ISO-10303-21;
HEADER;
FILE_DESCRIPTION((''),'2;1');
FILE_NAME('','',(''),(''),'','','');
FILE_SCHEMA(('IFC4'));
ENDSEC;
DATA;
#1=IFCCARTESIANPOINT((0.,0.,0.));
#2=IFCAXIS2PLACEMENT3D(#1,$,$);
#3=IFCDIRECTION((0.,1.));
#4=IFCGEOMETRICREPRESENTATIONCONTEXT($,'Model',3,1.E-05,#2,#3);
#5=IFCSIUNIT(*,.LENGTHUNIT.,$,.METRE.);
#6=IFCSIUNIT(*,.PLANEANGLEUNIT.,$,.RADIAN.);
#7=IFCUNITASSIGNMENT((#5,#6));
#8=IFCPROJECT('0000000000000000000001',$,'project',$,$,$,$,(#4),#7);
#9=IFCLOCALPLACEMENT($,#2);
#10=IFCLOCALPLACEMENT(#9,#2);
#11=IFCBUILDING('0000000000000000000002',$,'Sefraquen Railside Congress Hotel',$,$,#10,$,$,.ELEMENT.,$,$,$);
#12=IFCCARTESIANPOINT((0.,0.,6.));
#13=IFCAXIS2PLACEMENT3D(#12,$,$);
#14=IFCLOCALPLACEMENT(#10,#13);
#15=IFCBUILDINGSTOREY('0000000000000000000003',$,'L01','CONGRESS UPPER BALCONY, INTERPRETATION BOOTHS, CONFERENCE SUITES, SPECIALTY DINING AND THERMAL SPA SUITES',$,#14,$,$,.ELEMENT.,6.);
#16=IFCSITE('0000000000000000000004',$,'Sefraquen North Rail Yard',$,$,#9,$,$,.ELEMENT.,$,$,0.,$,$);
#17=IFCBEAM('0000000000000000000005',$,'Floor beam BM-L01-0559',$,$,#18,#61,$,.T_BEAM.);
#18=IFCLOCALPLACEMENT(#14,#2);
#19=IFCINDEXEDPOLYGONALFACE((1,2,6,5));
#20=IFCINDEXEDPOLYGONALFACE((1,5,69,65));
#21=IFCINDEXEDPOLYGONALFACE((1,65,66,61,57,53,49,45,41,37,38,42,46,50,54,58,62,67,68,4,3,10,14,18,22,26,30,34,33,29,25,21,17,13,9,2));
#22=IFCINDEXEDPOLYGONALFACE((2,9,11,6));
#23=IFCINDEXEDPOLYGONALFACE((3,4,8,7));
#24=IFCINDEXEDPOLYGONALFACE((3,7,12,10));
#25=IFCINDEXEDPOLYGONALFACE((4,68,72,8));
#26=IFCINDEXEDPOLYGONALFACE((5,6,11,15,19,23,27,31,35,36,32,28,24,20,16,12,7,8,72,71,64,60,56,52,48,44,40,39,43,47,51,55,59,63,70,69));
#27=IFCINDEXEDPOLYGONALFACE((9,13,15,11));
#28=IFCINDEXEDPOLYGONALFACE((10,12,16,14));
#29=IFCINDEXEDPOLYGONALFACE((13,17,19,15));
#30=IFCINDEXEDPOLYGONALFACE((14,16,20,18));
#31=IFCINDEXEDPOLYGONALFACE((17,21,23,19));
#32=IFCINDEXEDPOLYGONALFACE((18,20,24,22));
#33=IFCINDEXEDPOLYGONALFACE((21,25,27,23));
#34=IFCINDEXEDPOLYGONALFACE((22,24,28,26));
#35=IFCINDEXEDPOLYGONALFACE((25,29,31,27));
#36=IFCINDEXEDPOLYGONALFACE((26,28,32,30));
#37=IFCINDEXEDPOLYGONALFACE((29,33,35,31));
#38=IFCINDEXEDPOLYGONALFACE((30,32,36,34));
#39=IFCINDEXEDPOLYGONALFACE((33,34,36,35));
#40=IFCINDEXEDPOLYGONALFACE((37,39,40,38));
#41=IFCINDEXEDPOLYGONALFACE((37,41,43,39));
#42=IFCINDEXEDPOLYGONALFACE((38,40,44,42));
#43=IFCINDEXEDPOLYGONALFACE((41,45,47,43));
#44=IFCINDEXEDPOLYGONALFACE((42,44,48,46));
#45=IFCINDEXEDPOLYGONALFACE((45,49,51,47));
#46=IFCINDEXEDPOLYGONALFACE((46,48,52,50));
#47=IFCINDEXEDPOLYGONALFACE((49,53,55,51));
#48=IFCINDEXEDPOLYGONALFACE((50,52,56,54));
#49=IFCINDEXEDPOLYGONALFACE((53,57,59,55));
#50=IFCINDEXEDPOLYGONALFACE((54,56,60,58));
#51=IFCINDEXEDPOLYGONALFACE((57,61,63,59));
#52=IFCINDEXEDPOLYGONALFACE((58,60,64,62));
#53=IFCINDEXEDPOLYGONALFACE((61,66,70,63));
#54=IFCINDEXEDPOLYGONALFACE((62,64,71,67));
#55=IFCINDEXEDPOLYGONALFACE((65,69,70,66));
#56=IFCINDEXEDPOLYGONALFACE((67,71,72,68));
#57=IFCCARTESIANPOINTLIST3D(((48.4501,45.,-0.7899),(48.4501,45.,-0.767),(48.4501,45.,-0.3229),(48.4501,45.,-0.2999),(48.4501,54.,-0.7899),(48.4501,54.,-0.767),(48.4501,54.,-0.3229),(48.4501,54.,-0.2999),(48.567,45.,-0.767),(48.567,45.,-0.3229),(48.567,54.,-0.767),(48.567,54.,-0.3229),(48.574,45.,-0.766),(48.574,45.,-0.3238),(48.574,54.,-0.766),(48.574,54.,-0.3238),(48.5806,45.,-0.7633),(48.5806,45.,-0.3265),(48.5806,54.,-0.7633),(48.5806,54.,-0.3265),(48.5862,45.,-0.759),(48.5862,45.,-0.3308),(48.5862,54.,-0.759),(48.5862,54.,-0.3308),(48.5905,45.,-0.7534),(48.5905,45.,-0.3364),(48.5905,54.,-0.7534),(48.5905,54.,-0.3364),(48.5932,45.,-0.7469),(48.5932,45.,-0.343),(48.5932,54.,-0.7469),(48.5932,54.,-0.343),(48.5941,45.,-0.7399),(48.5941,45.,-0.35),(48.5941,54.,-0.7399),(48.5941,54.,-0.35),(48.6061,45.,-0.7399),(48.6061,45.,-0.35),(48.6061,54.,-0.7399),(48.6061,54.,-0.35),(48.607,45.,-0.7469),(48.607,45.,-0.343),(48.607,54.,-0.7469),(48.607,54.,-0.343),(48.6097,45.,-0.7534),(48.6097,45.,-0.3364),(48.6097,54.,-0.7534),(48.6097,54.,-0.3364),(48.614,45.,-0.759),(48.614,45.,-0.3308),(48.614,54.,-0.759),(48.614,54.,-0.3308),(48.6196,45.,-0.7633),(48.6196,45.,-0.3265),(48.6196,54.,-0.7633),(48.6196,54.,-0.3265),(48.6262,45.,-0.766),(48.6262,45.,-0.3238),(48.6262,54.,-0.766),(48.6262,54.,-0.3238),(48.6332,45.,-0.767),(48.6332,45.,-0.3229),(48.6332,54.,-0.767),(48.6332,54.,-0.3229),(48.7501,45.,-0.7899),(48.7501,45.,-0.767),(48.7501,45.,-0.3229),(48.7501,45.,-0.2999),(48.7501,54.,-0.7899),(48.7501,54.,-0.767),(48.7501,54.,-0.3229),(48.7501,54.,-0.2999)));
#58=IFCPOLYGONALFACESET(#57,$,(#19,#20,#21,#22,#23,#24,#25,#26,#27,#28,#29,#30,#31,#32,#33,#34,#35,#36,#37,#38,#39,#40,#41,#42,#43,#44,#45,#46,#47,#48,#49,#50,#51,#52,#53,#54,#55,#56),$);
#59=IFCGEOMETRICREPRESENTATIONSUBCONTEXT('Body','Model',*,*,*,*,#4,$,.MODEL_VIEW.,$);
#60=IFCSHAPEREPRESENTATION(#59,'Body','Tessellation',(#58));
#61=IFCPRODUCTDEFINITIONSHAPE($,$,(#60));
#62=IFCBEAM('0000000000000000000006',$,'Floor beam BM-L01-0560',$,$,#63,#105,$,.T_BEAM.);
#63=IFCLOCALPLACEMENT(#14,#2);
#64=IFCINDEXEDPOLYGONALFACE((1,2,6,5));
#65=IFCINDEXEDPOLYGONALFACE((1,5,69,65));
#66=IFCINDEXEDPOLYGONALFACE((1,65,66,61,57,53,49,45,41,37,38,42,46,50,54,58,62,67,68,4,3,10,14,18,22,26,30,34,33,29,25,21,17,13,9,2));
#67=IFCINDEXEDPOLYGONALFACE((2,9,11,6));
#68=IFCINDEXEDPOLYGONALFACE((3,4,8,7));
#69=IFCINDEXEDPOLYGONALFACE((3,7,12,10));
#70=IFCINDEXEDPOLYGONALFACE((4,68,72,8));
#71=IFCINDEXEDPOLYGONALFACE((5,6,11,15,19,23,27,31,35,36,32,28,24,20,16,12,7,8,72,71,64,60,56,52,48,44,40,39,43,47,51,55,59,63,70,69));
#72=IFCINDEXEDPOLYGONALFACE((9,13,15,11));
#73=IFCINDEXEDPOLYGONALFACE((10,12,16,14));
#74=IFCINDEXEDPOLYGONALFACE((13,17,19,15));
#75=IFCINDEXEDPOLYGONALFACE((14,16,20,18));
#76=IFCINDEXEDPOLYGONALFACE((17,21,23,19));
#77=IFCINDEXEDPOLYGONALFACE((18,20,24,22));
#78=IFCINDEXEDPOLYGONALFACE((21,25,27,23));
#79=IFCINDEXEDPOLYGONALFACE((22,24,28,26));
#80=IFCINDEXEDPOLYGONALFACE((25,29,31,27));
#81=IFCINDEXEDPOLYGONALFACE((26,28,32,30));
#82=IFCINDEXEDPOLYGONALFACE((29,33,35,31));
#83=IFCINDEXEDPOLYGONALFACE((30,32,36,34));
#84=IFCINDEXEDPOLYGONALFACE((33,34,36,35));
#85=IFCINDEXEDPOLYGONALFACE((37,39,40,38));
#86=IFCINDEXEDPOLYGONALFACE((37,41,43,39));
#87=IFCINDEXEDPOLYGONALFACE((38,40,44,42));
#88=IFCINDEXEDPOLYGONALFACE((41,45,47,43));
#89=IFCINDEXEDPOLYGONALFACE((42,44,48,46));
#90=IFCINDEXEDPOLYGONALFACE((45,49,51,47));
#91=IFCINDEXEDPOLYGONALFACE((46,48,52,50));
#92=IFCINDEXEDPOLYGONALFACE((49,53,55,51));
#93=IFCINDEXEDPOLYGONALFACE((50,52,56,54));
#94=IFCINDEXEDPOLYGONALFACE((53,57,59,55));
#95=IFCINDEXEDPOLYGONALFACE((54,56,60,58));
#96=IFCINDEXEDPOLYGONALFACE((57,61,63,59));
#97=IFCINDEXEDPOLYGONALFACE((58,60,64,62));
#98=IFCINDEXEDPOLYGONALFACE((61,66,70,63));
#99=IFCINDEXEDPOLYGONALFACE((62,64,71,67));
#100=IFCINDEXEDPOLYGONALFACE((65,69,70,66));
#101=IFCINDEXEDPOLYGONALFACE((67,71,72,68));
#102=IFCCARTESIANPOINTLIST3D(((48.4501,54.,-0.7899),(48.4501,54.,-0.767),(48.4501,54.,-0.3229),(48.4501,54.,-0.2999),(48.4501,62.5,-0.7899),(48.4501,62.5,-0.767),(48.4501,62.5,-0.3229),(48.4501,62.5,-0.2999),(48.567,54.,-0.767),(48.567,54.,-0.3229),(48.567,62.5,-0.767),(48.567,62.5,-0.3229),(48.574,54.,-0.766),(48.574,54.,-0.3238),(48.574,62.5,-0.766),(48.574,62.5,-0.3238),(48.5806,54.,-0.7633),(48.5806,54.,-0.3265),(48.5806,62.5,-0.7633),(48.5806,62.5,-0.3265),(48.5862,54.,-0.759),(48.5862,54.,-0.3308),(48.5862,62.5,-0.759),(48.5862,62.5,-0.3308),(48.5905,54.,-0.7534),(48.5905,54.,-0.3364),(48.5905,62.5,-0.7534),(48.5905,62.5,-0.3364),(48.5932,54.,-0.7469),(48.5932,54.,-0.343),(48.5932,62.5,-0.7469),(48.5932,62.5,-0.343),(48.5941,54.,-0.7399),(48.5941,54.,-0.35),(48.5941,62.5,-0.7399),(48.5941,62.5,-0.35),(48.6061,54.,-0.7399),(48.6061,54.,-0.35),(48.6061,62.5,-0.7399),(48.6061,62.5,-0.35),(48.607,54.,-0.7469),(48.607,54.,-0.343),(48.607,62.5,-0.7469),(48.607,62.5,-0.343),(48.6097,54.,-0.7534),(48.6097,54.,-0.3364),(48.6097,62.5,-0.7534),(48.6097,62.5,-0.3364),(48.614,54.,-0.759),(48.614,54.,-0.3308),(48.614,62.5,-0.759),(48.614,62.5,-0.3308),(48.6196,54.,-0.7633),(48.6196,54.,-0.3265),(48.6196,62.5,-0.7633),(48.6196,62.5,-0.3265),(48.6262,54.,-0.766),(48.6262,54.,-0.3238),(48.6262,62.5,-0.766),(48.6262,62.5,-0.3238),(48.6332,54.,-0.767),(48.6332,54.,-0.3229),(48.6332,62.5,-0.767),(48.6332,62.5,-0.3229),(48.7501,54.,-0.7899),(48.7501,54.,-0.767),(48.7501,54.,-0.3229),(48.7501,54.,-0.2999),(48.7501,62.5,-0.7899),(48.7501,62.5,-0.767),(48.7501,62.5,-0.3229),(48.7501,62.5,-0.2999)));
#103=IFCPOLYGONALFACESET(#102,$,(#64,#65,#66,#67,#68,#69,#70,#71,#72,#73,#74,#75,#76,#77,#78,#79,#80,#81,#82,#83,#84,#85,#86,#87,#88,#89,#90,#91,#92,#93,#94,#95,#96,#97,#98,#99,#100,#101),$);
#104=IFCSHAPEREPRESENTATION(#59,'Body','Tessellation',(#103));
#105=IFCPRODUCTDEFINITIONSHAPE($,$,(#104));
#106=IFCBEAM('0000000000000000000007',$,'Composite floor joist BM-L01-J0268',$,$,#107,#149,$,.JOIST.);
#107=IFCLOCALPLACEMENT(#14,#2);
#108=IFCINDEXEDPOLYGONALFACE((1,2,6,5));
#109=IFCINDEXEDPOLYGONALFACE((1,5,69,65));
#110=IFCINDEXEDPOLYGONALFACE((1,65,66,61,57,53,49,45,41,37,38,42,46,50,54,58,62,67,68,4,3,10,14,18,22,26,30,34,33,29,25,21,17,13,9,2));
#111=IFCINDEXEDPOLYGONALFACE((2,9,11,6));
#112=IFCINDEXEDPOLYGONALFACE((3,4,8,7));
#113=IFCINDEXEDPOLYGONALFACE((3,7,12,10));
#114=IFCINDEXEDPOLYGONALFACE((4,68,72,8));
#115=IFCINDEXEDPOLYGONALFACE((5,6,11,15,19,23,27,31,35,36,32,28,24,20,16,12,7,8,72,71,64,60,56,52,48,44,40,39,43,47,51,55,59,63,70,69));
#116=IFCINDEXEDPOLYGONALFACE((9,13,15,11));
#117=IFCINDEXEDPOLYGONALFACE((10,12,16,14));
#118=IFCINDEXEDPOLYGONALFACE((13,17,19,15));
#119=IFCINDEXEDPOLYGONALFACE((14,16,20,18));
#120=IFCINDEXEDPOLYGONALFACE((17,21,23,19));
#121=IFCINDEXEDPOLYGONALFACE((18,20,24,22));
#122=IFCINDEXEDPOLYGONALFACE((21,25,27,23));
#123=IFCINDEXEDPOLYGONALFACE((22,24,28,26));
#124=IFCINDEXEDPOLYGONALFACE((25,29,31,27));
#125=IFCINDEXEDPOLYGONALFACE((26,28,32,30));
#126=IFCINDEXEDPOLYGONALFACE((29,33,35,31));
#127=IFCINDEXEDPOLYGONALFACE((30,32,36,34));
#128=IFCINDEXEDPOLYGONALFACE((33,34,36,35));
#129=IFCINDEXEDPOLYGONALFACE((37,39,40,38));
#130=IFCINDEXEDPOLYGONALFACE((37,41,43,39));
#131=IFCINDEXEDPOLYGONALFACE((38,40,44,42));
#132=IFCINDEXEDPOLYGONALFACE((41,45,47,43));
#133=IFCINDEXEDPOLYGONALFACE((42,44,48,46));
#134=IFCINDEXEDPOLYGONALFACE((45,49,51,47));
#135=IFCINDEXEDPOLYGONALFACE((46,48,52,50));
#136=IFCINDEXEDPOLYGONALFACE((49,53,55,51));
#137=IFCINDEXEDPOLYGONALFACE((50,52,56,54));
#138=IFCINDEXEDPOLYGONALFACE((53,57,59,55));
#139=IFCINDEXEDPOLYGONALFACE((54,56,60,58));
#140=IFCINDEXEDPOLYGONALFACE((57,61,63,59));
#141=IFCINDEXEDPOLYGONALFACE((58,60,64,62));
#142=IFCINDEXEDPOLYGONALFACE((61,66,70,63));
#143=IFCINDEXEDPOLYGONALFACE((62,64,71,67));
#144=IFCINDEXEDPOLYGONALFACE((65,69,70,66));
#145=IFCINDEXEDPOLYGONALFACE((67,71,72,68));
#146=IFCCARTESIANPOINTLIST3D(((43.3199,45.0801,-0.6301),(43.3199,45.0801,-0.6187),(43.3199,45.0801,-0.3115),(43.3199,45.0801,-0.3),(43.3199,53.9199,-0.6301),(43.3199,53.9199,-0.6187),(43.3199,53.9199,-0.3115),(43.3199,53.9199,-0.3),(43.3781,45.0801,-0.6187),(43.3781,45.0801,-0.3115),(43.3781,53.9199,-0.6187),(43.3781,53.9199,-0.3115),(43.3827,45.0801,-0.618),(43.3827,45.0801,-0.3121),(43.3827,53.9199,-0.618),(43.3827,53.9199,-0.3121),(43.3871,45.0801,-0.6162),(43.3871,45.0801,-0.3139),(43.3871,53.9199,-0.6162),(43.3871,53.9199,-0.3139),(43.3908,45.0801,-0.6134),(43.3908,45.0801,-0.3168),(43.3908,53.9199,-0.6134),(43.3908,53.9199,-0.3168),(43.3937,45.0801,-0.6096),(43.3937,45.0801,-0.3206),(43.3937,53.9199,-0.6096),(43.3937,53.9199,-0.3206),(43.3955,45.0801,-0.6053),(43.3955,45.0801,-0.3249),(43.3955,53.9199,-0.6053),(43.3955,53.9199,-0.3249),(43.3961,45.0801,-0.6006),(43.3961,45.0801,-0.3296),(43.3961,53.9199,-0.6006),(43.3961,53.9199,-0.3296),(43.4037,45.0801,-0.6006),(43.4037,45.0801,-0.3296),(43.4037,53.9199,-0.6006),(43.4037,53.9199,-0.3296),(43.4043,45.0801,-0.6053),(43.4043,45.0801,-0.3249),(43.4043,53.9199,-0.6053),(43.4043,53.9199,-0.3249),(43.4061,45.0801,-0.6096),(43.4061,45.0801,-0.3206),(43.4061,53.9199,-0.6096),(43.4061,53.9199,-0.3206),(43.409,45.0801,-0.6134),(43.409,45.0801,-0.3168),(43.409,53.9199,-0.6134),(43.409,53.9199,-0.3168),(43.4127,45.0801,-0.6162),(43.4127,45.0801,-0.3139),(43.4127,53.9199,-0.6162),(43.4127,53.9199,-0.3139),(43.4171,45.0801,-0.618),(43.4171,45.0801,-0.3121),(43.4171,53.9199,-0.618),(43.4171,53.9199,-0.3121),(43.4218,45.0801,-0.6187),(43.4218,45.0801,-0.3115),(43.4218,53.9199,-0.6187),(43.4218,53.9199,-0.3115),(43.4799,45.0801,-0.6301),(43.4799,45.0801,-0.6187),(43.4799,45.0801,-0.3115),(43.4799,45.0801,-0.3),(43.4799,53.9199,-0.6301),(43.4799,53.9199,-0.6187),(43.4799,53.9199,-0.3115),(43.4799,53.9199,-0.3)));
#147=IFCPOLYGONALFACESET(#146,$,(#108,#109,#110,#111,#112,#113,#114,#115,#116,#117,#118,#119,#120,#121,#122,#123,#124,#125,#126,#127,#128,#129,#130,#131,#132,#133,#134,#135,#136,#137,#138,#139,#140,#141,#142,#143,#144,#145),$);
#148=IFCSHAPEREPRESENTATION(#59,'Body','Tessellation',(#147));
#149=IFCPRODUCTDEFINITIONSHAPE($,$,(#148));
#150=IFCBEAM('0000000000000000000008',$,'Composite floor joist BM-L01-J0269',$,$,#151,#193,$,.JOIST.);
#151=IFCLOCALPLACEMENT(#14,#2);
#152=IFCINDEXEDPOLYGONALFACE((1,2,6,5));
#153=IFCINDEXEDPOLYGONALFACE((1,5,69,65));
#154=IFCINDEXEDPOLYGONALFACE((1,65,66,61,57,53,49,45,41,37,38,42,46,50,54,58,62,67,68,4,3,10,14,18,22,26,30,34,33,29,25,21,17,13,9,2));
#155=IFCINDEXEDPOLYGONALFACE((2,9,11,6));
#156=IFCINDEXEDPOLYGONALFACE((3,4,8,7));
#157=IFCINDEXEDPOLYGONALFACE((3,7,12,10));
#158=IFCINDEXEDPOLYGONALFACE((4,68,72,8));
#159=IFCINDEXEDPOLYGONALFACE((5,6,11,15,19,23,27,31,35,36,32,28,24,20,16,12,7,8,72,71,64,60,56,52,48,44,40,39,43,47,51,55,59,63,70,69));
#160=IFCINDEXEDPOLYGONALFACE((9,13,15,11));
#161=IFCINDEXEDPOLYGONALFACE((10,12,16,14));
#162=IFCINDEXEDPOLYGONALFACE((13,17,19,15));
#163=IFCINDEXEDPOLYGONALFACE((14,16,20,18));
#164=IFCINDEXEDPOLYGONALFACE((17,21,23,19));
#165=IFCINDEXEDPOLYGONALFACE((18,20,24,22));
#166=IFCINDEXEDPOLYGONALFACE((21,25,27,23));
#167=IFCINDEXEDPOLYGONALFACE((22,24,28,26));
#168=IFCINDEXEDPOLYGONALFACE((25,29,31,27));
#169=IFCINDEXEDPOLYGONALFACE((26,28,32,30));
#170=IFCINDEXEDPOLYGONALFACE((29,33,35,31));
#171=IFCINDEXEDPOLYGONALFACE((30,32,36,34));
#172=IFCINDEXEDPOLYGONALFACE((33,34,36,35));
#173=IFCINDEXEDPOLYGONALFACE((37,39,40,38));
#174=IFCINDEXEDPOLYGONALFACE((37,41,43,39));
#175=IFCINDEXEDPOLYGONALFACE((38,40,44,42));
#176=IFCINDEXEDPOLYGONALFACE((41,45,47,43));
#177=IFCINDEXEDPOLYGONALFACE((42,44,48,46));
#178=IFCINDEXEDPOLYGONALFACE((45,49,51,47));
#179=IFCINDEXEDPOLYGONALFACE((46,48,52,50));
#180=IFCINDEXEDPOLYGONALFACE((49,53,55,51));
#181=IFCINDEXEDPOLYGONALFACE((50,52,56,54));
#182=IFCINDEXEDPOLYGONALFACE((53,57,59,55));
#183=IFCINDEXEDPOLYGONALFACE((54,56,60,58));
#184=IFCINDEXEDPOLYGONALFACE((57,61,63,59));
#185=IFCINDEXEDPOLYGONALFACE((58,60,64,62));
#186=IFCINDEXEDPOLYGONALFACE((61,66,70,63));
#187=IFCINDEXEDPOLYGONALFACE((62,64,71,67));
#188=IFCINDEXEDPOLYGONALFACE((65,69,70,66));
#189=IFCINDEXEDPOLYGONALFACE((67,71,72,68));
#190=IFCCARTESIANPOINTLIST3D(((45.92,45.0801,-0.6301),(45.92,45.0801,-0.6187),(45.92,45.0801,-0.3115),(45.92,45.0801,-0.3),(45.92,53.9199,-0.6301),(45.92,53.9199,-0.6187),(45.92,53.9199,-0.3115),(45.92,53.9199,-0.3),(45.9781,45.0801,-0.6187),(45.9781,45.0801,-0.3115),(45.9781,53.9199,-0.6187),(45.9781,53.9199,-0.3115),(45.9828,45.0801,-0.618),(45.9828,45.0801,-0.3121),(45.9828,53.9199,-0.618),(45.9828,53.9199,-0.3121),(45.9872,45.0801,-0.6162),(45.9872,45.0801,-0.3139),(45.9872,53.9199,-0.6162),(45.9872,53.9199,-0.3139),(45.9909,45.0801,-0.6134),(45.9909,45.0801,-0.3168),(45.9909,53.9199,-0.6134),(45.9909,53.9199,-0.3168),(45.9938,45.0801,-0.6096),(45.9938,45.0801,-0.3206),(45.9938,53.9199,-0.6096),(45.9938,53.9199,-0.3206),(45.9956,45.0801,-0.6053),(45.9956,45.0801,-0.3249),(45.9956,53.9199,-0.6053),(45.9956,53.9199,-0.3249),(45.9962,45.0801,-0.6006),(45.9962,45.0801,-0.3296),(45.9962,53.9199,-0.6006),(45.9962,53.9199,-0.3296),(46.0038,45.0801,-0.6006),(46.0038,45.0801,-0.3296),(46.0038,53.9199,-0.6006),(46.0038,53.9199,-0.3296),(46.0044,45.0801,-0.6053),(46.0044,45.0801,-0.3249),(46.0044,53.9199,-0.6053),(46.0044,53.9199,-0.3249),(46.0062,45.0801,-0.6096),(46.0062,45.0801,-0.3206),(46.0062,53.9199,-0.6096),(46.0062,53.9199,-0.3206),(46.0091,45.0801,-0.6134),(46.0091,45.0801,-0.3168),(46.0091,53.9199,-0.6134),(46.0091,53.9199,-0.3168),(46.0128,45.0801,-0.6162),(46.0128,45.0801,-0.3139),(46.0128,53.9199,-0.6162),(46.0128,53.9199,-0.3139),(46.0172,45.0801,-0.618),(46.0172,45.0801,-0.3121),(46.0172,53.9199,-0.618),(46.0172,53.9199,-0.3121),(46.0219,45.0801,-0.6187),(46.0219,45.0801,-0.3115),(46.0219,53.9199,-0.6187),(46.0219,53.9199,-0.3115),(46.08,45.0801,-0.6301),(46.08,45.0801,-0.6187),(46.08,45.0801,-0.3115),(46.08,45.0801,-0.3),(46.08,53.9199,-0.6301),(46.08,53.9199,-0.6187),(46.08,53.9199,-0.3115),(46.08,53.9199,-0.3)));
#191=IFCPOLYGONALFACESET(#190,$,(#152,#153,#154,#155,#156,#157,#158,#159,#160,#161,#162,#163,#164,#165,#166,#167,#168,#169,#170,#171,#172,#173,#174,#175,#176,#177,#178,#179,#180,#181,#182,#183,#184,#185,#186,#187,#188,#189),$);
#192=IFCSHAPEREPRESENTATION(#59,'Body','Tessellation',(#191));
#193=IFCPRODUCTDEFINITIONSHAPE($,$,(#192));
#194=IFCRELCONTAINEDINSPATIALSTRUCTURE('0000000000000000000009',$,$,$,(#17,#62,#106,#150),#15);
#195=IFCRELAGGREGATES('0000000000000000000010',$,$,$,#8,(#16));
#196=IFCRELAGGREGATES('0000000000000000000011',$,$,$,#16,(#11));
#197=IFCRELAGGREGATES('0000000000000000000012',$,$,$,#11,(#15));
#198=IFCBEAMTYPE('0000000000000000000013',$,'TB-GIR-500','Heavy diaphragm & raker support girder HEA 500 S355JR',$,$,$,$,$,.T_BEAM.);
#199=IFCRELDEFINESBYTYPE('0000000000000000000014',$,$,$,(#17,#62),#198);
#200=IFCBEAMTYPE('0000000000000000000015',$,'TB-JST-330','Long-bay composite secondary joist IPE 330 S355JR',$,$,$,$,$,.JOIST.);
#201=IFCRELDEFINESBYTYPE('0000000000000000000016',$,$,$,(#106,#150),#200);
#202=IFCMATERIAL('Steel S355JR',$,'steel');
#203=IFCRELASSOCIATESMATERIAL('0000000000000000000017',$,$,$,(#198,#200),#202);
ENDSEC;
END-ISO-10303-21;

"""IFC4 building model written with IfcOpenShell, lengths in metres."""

from ifc_helpers import new_model, si_unit, direction, frame, origin, origin_2d, place, context, subcontext, project, spatial, i_section, extrude, material, material_profile, profile_set, type_object, element, save


model = new_model("IFC4")

# Units and contexts
model_context = context("Model", 3, precision=1e-05, world=origin(), true_north=direction((0.0, 1.0)))
body_context = subcontext(model_context, "Body", "Model", "MODEL_VIEW")
ifc_project = project(units=[si_unit("LENGTHUNIT", "METRE"), si_unit("PLANEANGLEUNIT", "RADIAN")], contexts=[model_context])

# Site, building, storey
site_placement = place(None, origin())
site = spatial("IfcSite", under=ifc_project, at=site_placement, Name="Sefraquen North Rail Yard", CompositionType="ELEMENT", RefElevation=0.0)
building_placement = place(site_placement, origin())
building = spatial("IfcBuilding", under=site, at=building_placement, Name="Sefraquen Railside Congress Hotel", CompositionType="ELEMENT")
storey_placement = place(building_placement, frame((0.0, 0.0, 6.0)))
storey = spatial("IfcBuildingStorey", under=building, at=storey_placement, Name="L01", Description="CONGRESS UPPER BALCONY, INTERPRETATION BOOTHS, CONFERENCE SUITES, SPECIALTY DINING AND THERMAL SPA SUITES", CompositionType="ELEMENT", Elevation=6.0)

# Shared definitions
ifc_material_1 = material(Name="Steel S355JR", Category="steel")

# Beams
ifc_material_profile_1 = material_profile(ifc_material_1, i_section(OverallWidth=0.3, OverallDepth=0.49, WebThickness=0.012, FlangeThickness=0.0229, FilletRadius=0.0271, at=origin_2d()), Name="HEA 500")
ifc_profile_set_1 = profile_set([ifc_material_profile_1], Name="Steel S355JR")
beam_type_1 = type_object("IfcBeamType", Name="TB-GIR-500", Description="Heavy diaphragm & raker support girder HEA 500 S355JR", PredefinedType="T_BEAM", material=ifc_profile_set_1)
beam_1_placement = place(storey_placement, frame((48.6001, 45.0, -0.5449), z_axis=(0.0, 1.0, 0.0), x_axis=(-1.0, 0.0, 0.0)))
element("IfcBeam", 1, at=beam_1_placement, inside=storey, type_object=beam_type_1, Name="Floor beam BM-L01-0559", PredefinedType="T_BEAM", context=body_context, shape_type="SweptSolid", body=[
    extrude(i_section(OverallWidth=0.3, OverallDepth=0.49, WebThickness=0.012, FlangeThickness=0.0229, FilletRadius=0.0271, at=origin_2d()), origin(), (0.0, 0.0, 1.0), 9.0),
])
beam_2_placement = place(storey_placement, frame((48.6001, 54.0, -0.5449), z_axis=(0.0, 1.0, 0.0), x_axis=(-1.0, 0.0, 0.0)))
element("IfcBeam", 2, at=beam_2_placement, inside=storey, type_object=beam_type_1, Name="Floor beam BM-L01-0560", PredefinedType="T_BEAM", context=body_context, shape_type="SweptSolid", body=[
    extrude(i_section(OverallWidth=0.3, OverallDepth=0.49, WebThickness=0.012, FlangeThickness=0.0229, FilletRadius=0.0271, at=origin_2d()), origin(), (0.0, 0.0, 1.0), 8.5),
])
ifc_material_profile_2 = material_profile(ifc_material_1, i_section(OverallWidth=0.1599, OverallDepth=0.3301, WebThickness=0.0076, FlangeThickness=0.0115, FilletRadius=0.0181, at=origin_2d()), Name="IPE 330")
ifc_profile_set_2 = profile_set([ifc_material_profile_2], Name="Steel S355JR")
beam_type_2 = type_object("IfcBeamType", Name="TB-JST-330", Description="Long-bay composite secondary joist IPE 330 S355JR", PredefinedType="JOIST", material=ifc_profile_set_2)
for number, where, z_axis, x_axis, name in (
    (3, (43.3999, 45.0801, -0.4651), (0.0, 1.0, 0.0), (-1.0, 0.0, 0.0), "Composite floor joist BM-L01-J0268"),
    (4, (46.0, 45.0801, -0.4651), (0.0, 1.0, 0.0), (-1.0, 0.0, 0.0), "Composite floor joist BM-L01-J0269"),
):
    element("IfcBeam", number, at=place(storey_placement, frame(where, z_axis=z_axis, x_axis=x_axis)), inside=storey, type_object=beam_type_2, Name=name, PredefinedType="JOIST", context=body_context, shape_type="SweptSolid", body=[
        extrude(i_section(OverallWidth=0.1599, OverallDepth=0.3301, WebThickness=0.0076, FlangeThickness=0.0115, FilletRadius=0.0181, at=origin_2d()), origin(), (0.0, 0.0, 1.0), 8.8398),
    ])

save(model, "model.ifc")
